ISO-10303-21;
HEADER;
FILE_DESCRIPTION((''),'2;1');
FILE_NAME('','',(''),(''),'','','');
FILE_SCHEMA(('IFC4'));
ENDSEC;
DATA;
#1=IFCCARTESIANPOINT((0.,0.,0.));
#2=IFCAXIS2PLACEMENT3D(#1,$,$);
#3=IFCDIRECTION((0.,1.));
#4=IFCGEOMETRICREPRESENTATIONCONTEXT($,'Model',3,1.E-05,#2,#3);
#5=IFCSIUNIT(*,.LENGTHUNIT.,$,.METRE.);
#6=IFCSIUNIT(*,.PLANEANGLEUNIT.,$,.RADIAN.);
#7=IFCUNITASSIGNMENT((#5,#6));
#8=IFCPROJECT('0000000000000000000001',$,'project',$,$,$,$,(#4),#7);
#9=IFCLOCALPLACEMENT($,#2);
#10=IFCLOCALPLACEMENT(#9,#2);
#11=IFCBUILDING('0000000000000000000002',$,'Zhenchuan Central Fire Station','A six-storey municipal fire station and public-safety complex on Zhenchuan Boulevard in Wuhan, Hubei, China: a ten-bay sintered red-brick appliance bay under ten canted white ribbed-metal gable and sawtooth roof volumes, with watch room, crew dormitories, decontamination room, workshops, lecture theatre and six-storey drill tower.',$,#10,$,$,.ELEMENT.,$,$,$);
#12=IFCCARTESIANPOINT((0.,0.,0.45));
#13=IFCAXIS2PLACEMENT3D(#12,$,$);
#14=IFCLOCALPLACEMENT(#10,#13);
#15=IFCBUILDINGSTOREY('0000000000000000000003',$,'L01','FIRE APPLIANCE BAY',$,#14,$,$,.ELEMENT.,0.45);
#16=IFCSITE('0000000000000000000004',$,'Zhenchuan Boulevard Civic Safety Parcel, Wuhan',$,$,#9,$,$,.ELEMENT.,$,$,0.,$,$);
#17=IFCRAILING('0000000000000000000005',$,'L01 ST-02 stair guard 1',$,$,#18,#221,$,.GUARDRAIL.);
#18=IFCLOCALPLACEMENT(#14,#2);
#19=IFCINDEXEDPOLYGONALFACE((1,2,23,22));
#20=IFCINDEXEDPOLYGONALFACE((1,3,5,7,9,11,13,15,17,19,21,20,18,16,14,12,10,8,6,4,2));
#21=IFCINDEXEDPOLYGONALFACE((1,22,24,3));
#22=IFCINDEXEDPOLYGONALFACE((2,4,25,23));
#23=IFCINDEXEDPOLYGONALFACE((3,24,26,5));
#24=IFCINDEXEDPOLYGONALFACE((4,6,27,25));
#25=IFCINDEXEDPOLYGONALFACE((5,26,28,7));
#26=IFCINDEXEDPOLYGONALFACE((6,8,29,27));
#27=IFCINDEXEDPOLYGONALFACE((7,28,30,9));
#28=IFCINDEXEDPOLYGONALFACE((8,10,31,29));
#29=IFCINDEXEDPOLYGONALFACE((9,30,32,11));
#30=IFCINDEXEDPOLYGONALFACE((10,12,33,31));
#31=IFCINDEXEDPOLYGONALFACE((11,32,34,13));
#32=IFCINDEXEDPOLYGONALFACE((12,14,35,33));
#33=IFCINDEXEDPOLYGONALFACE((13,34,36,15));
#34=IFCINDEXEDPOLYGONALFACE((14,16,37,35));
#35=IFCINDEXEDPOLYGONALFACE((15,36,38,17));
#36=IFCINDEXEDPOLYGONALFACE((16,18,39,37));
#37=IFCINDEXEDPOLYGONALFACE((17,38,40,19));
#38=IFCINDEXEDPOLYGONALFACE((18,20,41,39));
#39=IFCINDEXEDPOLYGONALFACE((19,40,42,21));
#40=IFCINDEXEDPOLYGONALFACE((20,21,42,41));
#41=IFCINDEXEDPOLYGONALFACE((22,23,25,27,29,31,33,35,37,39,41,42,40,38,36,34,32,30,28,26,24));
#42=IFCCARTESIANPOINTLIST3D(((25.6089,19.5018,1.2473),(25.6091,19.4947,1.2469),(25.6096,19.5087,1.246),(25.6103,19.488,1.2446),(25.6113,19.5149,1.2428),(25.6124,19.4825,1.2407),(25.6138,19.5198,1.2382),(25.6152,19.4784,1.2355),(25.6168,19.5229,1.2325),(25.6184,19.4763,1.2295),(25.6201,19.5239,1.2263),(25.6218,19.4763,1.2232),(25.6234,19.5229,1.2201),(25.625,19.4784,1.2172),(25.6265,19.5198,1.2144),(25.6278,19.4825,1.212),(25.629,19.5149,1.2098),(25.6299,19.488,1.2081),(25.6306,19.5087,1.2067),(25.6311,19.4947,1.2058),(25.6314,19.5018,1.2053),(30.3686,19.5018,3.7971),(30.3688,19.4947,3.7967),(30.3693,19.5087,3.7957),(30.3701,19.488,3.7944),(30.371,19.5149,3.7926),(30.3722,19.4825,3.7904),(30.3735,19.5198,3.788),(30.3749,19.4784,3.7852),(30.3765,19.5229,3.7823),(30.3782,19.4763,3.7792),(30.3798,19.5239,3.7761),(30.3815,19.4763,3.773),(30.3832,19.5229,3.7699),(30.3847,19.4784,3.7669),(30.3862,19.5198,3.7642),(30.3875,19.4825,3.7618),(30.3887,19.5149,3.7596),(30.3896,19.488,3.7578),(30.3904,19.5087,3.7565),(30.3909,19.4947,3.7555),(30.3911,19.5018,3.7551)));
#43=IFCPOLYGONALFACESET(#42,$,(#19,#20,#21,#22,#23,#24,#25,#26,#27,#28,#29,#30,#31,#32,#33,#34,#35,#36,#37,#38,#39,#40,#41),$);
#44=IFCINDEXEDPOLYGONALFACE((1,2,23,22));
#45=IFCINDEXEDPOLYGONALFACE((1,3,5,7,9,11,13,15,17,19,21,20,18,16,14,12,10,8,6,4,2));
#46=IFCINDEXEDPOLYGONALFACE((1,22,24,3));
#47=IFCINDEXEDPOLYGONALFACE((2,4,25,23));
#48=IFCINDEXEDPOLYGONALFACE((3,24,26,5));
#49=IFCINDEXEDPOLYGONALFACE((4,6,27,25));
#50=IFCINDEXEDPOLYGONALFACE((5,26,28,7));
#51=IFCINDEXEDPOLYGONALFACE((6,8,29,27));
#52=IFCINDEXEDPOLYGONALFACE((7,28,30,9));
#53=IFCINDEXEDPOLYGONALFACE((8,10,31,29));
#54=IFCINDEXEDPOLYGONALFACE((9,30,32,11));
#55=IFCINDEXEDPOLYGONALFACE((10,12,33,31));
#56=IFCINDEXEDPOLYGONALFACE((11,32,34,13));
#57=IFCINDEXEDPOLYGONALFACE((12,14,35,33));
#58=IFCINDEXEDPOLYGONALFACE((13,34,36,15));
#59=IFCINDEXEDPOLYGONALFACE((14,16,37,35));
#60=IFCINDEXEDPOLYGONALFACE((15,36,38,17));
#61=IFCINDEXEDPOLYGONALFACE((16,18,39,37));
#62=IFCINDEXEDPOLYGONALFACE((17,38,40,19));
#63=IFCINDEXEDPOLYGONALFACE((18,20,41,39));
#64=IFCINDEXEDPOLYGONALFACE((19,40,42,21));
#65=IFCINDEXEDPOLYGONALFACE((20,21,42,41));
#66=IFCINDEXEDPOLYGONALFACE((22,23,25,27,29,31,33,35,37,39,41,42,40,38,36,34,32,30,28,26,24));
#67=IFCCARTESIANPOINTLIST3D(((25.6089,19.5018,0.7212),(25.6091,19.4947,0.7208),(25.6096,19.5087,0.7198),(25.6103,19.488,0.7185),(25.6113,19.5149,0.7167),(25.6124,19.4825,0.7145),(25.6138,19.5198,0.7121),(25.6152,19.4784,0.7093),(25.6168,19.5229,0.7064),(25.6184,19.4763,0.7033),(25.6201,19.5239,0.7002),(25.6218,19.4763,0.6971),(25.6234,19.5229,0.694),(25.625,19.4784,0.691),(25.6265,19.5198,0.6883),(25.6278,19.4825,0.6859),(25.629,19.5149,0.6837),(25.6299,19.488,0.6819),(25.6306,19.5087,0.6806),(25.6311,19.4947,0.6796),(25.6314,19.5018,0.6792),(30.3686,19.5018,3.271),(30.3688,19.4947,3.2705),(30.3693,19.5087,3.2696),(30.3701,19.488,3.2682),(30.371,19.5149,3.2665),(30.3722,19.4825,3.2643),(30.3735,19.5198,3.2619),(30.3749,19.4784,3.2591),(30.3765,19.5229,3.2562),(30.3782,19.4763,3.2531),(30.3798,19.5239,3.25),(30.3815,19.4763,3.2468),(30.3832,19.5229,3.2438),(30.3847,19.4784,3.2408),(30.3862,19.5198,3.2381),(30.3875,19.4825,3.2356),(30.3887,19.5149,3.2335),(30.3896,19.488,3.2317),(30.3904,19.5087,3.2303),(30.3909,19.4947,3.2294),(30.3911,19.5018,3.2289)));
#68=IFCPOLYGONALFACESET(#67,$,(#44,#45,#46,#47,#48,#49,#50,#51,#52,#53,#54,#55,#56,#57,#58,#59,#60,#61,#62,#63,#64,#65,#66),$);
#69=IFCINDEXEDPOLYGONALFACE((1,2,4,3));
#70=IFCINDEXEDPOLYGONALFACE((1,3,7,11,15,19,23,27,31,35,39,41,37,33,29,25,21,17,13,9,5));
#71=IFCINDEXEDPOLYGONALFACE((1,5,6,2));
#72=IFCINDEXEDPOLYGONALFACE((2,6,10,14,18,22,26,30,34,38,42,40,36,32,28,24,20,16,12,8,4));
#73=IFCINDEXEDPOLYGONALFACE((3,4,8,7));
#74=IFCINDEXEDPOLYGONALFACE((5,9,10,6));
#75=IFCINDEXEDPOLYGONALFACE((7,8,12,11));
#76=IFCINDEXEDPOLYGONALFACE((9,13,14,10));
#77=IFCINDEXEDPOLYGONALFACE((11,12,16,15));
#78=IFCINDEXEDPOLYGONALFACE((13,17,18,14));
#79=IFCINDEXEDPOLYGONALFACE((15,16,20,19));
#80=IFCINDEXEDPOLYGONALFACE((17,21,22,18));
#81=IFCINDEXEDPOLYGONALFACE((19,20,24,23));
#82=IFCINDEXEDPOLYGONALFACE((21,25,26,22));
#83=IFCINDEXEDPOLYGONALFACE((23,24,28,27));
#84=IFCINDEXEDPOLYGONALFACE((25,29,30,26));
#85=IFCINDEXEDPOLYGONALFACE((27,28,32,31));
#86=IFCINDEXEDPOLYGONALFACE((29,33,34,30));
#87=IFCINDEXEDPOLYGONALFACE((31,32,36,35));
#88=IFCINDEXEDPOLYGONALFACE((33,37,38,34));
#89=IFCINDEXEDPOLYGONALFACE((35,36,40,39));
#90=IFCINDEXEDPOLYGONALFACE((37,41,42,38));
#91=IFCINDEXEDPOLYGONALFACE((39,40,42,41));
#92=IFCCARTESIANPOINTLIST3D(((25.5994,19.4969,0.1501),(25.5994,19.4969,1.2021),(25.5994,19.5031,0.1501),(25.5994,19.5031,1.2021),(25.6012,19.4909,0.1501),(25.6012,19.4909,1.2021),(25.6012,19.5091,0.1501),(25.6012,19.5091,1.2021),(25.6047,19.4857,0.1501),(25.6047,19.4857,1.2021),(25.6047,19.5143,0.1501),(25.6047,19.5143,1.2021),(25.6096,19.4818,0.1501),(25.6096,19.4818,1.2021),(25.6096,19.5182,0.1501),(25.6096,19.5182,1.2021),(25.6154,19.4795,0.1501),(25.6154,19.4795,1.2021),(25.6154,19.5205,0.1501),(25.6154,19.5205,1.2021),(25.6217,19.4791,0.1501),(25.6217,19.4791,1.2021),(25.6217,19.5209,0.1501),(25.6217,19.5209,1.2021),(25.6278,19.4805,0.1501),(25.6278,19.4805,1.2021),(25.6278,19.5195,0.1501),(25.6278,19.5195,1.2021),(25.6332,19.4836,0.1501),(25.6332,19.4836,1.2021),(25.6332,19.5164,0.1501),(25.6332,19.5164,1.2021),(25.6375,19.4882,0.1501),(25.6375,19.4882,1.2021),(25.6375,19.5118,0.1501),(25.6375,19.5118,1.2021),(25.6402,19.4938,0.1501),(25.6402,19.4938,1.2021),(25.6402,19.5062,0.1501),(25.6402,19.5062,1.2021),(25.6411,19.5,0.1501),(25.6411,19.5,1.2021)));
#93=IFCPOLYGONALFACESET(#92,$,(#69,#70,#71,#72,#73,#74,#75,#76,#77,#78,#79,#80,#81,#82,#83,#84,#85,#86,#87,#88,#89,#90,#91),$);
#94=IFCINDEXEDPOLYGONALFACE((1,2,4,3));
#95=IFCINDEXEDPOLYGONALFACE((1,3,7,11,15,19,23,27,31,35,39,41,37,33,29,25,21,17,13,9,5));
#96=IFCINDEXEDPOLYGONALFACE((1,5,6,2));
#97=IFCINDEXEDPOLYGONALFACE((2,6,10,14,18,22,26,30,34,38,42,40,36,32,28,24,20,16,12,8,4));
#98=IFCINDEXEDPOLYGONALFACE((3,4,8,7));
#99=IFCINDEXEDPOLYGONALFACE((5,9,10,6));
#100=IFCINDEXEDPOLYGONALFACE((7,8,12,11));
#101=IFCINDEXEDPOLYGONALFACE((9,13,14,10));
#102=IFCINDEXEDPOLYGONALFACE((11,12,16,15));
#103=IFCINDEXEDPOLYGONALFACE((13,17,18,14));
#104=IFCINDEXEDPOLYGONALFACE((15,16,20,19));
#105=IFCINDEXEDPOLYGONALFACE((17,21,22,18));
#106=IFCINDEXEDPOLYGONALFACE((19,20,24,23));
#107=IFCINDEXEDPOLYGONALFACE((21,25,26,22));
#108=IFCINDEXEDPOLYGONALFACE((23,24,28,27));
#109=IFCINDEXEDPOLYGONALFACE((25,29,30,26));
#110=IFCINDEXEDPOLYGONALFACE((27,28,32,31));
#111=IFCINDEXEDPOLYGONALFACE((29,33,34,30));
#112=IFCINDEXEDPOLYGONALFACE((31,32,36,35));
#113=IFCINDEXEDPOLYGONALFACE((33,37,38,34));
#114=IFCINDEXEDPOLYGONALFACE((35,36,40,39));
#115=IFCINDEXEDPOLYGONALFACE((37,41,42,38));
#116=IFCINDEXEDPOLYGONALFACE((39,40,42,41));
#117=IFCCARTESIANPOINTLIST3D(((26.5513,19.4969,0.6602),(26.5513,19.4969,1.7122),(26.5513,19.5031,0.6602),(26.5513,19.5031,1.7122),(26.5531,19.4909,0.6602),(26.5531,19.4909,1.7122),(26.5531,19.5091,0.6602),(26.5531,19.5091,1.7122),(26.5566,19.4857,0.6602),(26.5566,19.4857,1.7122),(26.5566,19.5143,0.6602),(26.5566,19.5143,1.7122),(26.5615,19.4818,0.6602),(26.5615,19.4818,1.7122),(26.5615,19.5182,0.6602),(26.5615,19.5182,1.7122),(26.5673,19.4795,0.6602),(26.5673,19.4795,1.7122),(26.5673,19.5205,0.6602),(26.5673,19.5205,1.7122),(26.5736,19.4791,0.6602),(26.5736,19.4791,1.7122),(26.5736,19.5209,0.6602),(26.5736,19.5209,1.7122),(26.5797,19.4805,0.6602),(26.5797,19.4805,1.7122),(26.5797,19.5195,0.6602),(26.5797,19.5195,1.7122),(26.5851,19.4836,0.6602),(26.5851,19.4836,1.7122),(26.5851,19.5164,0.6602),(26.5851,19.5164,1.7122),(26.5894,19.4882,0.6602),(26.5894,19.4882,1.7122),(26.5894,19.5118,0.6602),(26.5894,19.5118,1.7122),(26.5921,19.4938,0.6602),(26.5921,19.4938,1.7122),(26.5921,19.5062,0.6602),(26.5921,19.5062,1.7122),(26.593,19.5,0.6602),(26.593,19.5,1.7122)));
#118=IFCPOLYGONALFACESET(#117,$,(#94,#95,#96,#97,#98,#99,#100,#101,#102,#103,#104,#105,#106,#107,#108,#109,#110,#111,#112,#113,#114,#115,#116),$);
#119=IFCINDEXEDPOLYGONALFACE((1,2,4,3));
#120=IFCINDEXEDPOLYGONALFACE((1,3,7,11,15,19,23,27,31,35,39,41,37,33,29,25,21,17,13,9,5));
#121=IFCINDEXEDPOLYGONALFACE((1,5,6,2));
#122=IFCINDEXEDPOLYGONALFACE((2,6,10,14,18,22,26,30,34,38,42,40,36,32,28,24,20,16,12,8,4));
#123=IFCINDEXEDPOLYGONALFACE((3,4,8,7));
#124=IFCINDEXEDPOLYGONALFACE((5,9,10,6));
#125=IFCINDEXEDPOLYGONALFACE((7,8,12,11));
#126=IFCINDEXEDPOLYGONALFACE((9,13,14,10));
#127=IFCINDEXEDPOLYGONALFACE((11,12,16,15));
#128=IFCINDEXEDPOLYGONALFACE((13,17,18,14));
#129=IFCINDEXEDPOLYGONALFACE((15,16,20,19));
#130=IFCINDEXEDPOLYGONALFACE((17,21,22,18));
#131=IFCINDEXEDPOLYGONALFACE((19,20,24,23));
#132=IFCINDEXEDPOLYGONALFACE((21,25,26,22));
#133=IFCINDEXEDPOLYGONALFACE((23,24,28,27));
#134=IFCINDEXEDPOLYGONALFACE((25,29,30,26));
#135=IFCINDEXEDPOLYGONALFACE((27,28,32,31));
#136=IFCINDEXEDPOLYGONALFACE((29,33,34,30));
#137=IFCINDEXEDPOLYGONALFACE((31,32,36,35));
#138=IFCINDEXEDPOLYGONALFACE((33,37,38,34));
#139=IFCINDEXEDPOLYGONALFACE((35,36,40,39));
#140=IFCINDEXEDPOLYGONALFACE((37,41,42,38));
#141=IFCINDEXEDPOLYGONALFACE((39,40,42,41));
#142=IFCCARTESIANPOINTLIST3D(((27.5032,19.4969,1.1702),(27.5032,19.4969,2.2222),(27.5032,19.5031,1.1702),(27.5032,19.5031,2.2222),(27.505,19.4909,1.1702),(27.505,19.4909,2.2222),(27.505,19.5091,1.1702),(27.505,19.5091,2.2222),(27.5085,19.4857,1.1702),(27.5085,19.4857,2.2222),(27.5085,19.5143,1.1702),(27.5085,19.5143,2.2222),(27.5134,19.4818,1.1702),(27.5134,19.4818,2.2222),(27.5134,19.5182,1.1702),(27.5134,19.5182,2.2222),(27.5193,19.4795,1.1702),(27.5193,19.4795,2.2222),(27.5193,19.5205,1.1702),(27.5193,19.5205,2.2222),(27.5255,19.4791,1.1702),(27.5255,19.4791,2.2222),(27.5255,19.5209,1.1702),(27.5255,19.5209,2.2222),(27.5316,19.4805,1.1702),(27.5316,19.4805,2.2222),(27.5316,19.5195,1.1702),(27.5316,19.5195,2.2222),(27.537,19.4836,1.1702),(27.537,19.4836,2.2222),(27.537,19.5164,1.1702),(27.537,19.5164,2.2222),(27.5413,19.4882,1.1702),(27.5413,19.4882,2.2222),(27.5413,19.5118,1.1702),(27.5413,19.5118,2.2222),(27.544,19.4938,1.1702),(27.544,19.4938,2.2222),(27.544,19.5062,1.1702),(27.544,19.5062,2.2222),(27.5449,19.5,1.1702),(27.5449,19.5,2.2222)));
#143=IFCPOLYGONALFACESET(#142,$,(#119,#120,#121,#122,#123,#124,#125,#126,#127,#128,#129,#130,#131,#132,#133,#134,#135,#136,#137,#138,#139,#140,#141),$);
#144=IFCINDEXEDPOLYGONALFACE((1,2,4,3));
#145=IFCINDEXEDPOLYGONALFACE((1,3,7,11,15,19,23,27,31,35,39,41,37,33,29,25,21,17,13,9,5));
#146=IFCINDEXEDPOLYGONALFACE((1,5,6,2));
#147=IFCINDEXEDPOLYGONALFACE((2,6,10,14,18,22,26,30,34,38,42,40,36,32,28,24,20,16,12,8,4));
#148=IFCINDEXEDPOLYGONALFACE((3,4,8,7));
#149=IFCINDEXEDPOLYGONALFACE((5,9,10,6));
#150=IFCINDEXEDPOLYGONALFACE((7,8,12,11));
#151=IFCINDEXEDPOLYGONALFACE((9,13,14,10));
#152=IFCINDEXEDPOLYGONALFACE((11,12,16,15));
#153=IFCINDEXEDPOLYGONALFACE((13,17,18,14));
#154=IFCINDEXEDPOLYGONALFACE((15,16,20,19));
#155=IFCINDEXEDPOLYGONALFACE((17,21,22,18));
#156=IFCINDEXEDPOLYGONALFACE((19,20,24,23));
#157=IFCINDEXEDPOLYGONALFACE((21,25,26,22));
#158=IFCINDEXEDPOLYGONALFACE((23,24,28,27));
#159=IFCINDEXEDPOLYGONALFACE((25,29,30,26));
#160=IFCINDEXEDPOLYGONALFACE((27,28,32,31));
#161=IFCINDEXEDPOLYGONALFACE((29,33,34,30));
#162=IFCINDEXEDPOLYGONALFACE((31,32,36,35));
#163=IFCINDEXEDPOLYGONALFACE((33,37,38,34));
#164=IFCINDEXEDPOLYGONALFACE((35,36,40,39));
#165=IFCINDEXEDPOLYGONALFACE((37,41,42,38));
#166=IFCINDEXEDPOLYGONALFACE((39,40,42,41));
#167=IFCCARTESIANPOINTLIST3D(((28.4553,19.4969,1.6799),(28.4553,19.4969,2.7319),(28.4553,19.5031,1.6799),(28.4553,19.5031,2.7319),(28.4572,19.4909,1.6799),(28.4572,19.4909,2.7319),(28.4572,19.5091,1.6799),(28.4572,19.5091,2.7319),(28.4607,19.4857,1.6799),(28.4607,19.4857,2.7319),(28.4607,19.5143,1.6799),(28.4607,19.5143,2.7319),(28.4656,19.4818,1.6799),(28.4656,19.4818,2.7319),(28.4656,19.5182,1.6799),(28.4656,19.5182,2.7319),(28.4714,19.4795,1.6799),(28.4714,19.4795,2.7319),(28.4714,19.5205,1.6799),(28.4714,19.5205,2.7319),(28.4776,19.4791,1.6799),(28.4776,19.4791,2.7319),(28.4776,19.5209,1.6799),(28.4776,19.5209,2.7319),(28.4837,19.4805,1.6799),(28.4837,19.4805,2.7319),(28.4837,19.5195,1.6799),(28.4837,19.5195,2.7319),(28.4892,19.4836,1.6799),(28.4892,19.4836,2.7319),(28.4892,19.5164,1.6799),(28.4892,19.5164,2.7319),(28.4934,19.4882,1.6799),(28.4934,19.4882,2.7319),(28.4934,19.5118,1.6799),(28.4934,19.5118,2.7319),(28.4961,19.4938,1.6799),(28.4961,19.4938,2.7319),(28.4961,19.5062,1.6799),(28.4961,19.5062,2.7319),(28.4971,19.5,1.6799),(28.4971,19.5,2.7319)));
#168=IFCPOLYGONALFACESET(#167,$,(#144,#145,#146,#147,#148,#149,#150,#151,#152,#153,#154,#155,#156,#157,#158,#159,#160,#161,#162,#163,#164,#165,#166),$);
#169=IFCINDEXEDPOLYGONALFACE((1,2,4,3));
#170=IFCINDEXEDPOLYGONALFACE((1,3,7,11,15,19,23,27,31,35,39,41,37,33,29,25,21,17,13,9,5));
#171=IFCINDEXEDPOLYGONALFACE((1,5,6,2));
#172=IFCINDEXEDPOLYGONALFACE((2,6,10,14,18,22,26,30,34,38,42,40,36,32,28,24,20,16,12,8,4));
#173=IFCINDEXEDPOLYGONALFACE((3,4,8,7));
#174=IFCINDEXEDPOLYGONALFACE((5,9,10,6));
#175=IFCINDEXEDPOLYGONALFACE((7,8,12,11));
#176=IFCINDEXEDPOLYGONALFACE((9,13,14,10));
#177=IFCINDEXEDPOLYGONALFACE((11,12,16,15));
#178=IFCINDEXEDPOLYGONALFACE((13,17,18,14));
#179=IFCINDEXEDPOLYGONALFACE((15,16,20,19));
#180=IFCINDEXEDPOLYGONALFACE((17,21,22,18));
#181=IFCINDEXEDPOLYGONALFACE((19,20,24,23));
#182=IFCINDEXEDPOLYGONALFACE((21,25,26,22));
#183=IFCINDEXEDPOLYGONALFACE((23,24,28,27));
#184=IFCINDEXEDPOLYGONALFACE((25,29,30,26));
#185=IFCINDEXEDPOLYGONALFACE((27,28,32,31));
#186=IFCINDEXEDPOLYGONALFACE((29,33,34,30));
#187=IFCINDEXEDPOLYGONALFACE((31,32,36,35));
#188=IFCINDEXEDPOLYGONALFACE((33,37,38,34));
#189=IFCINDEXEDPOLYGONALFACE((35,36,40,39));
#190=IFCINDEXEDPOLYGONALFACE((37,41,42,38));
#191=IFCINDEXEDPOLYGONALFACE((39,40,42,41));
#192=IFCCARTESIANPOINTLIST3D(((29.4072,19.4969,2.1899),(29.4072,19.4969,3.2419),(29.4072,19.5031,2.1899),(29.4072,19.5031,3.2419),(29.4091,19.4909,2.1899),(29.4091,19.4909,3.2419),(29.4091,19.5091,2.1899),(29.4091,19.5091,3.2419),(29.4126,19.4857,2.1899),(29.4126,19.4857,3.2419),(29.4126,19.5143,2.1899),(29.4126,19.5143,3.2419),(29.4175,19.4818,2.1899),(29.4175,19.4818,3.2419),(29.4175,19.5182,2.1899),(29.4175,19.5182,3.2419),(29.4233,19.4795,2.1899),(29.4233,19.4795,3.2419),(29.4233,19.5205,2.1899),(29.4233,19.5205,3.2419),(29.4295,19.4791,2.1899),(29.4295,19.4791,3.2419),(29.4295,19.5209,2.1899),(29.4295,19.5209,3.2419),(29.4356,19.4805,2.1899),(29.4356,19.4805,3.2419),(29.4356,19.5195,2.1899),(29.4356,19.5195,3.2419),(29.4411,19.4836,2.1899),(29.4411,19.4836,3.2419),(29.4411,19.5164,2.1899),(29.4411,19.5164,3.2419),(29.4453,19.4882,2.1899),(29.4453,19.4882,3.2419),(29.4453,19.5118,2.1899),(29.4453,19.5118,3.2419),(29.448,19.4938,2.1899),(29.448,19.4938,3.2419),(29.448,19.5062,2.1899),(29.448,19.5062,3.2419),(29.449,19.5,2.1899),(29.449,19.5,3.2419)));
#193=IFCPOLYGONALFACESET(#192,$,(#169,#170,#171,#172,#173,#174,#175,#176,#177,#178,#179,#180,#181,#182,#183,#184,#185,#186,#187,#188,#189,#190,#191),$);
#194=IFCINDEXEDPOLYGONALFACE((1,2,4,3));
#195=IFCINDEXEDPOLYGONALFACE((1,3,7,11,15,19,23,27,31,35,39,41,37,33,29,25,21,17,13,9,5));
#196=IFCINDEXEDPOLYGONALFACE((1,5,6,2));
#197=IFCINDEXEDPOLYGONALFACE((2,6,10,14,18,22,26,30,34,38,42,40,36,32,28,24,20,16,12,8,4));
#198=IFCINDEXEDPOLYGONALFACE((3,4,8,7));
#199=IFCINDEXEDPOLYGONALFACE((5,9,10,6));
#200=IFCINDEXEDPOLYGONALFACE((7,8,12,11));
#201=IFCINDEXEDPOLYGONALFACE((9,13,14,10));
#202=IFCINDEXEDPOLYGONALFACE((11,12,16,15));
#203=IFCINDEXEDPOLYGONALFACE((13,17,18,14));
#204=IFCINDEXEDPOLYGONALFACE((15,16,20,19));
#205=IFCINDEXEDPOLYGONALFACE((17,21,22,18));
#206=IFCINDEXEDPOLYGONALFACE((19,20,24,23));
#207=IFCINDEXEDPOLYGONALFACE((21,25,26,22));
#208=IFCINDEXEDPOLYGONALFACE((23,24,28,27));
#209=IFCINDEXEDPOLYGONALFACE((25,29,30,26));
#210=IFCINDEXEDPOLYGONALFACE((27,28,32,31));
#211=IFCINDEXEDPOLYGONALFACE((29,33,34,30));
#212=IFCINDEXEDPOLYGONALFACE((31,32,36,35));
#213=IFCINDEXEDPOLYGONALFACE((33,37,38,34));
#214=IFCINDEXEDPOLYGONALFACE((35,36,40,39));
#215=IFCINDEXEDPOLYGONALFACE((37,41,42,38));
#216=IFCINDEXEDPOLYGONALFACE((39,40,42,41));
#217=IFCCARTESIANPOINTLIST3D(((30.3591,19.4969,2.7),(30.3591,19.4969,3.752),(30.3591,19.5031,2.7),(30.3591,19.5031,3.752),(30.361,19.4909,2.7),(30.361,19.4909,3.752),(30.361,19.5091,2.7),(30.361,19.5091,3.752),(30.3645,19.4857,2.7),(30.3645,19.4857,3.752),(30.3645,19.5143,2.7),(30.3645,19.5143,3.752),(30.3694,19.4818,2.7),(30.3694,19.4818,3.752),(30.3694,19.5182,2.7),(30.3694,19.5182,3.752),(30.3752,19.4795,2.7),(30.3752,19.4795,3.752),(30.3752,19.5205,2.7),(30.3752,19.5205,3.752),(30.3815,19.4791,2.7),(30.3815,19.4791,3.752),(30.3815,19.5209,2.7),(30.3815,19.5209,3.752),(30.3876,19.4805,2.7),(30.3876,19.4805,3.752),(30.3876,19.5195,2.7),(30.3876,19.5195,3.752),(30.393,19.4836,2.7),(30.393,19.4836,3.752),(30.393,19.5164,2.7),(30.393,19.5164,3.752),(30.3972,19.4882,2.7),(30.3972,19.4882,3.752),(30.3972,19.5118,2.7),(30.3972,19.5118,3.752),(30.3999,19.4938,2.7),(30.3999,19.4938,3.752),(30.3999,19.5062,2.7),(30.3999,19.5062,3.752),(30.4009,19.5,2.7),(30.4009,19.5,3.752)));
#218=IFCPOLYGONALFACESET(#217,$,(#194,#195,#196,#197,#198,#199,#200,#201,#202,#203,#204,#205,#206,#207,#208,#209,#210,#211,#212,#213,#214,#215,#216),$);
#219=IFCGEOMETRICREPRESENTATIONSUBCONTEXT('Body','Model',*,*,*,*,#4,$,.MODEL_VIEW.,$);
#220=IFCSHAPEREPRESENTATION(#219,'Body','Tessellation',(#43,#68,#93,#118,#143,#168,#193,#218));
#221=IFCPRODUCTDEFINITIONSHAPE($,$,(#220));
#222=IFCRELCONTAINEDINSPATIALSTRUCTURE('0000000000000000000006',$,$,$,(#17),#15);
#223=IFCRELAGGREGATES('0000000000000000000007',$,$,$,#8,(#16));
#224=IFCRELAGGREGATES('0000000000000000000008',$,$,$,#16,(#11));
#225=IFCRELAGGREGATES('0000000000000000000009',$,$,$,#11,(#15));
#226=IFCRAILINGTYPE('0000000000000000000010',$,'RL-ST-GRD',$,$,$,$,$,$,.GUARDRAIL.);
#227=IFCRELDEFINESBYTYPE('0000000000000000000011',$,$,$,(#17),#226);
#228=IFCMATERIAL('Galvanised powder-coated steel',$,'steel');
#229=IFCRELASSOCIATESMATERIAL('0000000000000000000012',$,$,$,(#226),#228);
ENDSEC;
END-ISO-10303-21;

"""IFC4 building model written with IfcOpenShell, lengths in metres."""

from ifc_helpers import new_model, si_unit, direction, frame, origin, origin_2d, place, context, subcontext, project, spatial, circle, extrude, material, type_object, element, save


model = new_model("IFC4")

# Units and contexts
model_context = context("Model", 3, precision=1e-05, world=origin(), true_north=direction((0.0, 1.0)))
body_context = subcontext(model_context, "Body", "Model", "MODEL_VIEW")
ifc_project = project(units=[si_unit("LENGTHUNIT", "METRE"), si_unit("PLANEANGLEUNIT", "RADIAN")], contexts=[model_context])

# Site, building, storey
site_placement = place(None, origin())
site = spatial("IfcSite", under=ifc_project, at=site_placement, Name="Zhenchuan Boulevard Civic Safety Parcel, Wuhan", CompositionType="ELEMENT", RefElevation=0.0)
building_placement = place(site_placement, origin())
building = spatial("IfcBuilding", under=site, at=building_placement, Name="Zhenchuan Central Fire Station", Description="A six-storey municipal fire station and public-safety complex on Zhenchuan Boulevard in Wuhan, Hubei, China: a ten-bay sintered red-brick appliance bay under ten canted white ribbed-metal gable and sawtooth roof volumes, with watch room, crew dormitories, decontamination room, workshops, lecture theatre and six-storey drill tower.", CompositionType="ELEMENT")
storey_placement = place(building_placement, frame((0.0, 0.0, 0.45)))
storey = spatial("IfcBuildingStorey", under=building, at=storey_placement, Name="L01", Description="FIRE APPLIANCE BAY", CompositionType="ELEMENT", Elevation=0.45)

# Railing
ifc_material_1 = material(Name="Galvanised powder-coated steel", Category="steel")
railing_type_1 = type_object("IfcRailingType", Name="RL-ST-GRD", PredefinedType="GUARDRAIL", material=ifc_material_1)
railing_1_placement = place(storey_placement, frame((25.6201, 19.5, 0.1501)))
element("IfcRailing", 1, at=railing_1_placement, inside=storey, type_object=railing_type_1, Name="L01 ST-02 stair guard 1", PredefinedType="GUARDRAIL", context=body_context, shape_type="SweptSolid", body=[
    extrude(circle(Radius=0.0239, at=origin_2d()), frame((0.0, 0.0, 1.0762), z_axis=(0.881485, 0.0, 0.472211), x_axis=(0.0, 1.0, 0.0)), (0.0, 0.0, 1.0), 5.3997),
    extrude(circle(Radius=0.0239, at=origin_2d()), frame((0.0, 0.0, 0.55), z_axis=(0.881485, 0.0, 0.472211), x_axis=(0.0, 1.0, 0.0)), (0.0, 0.0, 1.0), 5.3997),
    extrude(circle(Radius=0.021, at=origin_2d()), origin(), (0.0, 0.0, 1.0), 1.052),
    extrude(circle(Radius=0.021, at=origin_2d()), frame((0.9519, 0.0, 0.51)), (0.0, 0.0, 1.0), 1.052),
    extrude(circle(Radius=0.021, at=origin_2d()), frame((1.9038, 0.0, 1.02)), (0.0, 0.0, 1.0), 1.052),
    extrude(circle(Radius=0.021, at=origin_2d()), frame((2.856, 0.0, 1.5298)), (0.0, 0.0, 1.0), 1.052),
    extrude(circle(Radius=0.021, at=origin_2d()), frame((3.8079, 0.0, 2.0398)), (0.0, 0.0, 1.0), 1.052),
    extrude(circle(Radius=0.021, at=origin_2d()), frame((4.7598, 0.0, 2.5498)), (0.0, 0.0, 1.0), 1.052),
])

save(model, "model.ifc")
